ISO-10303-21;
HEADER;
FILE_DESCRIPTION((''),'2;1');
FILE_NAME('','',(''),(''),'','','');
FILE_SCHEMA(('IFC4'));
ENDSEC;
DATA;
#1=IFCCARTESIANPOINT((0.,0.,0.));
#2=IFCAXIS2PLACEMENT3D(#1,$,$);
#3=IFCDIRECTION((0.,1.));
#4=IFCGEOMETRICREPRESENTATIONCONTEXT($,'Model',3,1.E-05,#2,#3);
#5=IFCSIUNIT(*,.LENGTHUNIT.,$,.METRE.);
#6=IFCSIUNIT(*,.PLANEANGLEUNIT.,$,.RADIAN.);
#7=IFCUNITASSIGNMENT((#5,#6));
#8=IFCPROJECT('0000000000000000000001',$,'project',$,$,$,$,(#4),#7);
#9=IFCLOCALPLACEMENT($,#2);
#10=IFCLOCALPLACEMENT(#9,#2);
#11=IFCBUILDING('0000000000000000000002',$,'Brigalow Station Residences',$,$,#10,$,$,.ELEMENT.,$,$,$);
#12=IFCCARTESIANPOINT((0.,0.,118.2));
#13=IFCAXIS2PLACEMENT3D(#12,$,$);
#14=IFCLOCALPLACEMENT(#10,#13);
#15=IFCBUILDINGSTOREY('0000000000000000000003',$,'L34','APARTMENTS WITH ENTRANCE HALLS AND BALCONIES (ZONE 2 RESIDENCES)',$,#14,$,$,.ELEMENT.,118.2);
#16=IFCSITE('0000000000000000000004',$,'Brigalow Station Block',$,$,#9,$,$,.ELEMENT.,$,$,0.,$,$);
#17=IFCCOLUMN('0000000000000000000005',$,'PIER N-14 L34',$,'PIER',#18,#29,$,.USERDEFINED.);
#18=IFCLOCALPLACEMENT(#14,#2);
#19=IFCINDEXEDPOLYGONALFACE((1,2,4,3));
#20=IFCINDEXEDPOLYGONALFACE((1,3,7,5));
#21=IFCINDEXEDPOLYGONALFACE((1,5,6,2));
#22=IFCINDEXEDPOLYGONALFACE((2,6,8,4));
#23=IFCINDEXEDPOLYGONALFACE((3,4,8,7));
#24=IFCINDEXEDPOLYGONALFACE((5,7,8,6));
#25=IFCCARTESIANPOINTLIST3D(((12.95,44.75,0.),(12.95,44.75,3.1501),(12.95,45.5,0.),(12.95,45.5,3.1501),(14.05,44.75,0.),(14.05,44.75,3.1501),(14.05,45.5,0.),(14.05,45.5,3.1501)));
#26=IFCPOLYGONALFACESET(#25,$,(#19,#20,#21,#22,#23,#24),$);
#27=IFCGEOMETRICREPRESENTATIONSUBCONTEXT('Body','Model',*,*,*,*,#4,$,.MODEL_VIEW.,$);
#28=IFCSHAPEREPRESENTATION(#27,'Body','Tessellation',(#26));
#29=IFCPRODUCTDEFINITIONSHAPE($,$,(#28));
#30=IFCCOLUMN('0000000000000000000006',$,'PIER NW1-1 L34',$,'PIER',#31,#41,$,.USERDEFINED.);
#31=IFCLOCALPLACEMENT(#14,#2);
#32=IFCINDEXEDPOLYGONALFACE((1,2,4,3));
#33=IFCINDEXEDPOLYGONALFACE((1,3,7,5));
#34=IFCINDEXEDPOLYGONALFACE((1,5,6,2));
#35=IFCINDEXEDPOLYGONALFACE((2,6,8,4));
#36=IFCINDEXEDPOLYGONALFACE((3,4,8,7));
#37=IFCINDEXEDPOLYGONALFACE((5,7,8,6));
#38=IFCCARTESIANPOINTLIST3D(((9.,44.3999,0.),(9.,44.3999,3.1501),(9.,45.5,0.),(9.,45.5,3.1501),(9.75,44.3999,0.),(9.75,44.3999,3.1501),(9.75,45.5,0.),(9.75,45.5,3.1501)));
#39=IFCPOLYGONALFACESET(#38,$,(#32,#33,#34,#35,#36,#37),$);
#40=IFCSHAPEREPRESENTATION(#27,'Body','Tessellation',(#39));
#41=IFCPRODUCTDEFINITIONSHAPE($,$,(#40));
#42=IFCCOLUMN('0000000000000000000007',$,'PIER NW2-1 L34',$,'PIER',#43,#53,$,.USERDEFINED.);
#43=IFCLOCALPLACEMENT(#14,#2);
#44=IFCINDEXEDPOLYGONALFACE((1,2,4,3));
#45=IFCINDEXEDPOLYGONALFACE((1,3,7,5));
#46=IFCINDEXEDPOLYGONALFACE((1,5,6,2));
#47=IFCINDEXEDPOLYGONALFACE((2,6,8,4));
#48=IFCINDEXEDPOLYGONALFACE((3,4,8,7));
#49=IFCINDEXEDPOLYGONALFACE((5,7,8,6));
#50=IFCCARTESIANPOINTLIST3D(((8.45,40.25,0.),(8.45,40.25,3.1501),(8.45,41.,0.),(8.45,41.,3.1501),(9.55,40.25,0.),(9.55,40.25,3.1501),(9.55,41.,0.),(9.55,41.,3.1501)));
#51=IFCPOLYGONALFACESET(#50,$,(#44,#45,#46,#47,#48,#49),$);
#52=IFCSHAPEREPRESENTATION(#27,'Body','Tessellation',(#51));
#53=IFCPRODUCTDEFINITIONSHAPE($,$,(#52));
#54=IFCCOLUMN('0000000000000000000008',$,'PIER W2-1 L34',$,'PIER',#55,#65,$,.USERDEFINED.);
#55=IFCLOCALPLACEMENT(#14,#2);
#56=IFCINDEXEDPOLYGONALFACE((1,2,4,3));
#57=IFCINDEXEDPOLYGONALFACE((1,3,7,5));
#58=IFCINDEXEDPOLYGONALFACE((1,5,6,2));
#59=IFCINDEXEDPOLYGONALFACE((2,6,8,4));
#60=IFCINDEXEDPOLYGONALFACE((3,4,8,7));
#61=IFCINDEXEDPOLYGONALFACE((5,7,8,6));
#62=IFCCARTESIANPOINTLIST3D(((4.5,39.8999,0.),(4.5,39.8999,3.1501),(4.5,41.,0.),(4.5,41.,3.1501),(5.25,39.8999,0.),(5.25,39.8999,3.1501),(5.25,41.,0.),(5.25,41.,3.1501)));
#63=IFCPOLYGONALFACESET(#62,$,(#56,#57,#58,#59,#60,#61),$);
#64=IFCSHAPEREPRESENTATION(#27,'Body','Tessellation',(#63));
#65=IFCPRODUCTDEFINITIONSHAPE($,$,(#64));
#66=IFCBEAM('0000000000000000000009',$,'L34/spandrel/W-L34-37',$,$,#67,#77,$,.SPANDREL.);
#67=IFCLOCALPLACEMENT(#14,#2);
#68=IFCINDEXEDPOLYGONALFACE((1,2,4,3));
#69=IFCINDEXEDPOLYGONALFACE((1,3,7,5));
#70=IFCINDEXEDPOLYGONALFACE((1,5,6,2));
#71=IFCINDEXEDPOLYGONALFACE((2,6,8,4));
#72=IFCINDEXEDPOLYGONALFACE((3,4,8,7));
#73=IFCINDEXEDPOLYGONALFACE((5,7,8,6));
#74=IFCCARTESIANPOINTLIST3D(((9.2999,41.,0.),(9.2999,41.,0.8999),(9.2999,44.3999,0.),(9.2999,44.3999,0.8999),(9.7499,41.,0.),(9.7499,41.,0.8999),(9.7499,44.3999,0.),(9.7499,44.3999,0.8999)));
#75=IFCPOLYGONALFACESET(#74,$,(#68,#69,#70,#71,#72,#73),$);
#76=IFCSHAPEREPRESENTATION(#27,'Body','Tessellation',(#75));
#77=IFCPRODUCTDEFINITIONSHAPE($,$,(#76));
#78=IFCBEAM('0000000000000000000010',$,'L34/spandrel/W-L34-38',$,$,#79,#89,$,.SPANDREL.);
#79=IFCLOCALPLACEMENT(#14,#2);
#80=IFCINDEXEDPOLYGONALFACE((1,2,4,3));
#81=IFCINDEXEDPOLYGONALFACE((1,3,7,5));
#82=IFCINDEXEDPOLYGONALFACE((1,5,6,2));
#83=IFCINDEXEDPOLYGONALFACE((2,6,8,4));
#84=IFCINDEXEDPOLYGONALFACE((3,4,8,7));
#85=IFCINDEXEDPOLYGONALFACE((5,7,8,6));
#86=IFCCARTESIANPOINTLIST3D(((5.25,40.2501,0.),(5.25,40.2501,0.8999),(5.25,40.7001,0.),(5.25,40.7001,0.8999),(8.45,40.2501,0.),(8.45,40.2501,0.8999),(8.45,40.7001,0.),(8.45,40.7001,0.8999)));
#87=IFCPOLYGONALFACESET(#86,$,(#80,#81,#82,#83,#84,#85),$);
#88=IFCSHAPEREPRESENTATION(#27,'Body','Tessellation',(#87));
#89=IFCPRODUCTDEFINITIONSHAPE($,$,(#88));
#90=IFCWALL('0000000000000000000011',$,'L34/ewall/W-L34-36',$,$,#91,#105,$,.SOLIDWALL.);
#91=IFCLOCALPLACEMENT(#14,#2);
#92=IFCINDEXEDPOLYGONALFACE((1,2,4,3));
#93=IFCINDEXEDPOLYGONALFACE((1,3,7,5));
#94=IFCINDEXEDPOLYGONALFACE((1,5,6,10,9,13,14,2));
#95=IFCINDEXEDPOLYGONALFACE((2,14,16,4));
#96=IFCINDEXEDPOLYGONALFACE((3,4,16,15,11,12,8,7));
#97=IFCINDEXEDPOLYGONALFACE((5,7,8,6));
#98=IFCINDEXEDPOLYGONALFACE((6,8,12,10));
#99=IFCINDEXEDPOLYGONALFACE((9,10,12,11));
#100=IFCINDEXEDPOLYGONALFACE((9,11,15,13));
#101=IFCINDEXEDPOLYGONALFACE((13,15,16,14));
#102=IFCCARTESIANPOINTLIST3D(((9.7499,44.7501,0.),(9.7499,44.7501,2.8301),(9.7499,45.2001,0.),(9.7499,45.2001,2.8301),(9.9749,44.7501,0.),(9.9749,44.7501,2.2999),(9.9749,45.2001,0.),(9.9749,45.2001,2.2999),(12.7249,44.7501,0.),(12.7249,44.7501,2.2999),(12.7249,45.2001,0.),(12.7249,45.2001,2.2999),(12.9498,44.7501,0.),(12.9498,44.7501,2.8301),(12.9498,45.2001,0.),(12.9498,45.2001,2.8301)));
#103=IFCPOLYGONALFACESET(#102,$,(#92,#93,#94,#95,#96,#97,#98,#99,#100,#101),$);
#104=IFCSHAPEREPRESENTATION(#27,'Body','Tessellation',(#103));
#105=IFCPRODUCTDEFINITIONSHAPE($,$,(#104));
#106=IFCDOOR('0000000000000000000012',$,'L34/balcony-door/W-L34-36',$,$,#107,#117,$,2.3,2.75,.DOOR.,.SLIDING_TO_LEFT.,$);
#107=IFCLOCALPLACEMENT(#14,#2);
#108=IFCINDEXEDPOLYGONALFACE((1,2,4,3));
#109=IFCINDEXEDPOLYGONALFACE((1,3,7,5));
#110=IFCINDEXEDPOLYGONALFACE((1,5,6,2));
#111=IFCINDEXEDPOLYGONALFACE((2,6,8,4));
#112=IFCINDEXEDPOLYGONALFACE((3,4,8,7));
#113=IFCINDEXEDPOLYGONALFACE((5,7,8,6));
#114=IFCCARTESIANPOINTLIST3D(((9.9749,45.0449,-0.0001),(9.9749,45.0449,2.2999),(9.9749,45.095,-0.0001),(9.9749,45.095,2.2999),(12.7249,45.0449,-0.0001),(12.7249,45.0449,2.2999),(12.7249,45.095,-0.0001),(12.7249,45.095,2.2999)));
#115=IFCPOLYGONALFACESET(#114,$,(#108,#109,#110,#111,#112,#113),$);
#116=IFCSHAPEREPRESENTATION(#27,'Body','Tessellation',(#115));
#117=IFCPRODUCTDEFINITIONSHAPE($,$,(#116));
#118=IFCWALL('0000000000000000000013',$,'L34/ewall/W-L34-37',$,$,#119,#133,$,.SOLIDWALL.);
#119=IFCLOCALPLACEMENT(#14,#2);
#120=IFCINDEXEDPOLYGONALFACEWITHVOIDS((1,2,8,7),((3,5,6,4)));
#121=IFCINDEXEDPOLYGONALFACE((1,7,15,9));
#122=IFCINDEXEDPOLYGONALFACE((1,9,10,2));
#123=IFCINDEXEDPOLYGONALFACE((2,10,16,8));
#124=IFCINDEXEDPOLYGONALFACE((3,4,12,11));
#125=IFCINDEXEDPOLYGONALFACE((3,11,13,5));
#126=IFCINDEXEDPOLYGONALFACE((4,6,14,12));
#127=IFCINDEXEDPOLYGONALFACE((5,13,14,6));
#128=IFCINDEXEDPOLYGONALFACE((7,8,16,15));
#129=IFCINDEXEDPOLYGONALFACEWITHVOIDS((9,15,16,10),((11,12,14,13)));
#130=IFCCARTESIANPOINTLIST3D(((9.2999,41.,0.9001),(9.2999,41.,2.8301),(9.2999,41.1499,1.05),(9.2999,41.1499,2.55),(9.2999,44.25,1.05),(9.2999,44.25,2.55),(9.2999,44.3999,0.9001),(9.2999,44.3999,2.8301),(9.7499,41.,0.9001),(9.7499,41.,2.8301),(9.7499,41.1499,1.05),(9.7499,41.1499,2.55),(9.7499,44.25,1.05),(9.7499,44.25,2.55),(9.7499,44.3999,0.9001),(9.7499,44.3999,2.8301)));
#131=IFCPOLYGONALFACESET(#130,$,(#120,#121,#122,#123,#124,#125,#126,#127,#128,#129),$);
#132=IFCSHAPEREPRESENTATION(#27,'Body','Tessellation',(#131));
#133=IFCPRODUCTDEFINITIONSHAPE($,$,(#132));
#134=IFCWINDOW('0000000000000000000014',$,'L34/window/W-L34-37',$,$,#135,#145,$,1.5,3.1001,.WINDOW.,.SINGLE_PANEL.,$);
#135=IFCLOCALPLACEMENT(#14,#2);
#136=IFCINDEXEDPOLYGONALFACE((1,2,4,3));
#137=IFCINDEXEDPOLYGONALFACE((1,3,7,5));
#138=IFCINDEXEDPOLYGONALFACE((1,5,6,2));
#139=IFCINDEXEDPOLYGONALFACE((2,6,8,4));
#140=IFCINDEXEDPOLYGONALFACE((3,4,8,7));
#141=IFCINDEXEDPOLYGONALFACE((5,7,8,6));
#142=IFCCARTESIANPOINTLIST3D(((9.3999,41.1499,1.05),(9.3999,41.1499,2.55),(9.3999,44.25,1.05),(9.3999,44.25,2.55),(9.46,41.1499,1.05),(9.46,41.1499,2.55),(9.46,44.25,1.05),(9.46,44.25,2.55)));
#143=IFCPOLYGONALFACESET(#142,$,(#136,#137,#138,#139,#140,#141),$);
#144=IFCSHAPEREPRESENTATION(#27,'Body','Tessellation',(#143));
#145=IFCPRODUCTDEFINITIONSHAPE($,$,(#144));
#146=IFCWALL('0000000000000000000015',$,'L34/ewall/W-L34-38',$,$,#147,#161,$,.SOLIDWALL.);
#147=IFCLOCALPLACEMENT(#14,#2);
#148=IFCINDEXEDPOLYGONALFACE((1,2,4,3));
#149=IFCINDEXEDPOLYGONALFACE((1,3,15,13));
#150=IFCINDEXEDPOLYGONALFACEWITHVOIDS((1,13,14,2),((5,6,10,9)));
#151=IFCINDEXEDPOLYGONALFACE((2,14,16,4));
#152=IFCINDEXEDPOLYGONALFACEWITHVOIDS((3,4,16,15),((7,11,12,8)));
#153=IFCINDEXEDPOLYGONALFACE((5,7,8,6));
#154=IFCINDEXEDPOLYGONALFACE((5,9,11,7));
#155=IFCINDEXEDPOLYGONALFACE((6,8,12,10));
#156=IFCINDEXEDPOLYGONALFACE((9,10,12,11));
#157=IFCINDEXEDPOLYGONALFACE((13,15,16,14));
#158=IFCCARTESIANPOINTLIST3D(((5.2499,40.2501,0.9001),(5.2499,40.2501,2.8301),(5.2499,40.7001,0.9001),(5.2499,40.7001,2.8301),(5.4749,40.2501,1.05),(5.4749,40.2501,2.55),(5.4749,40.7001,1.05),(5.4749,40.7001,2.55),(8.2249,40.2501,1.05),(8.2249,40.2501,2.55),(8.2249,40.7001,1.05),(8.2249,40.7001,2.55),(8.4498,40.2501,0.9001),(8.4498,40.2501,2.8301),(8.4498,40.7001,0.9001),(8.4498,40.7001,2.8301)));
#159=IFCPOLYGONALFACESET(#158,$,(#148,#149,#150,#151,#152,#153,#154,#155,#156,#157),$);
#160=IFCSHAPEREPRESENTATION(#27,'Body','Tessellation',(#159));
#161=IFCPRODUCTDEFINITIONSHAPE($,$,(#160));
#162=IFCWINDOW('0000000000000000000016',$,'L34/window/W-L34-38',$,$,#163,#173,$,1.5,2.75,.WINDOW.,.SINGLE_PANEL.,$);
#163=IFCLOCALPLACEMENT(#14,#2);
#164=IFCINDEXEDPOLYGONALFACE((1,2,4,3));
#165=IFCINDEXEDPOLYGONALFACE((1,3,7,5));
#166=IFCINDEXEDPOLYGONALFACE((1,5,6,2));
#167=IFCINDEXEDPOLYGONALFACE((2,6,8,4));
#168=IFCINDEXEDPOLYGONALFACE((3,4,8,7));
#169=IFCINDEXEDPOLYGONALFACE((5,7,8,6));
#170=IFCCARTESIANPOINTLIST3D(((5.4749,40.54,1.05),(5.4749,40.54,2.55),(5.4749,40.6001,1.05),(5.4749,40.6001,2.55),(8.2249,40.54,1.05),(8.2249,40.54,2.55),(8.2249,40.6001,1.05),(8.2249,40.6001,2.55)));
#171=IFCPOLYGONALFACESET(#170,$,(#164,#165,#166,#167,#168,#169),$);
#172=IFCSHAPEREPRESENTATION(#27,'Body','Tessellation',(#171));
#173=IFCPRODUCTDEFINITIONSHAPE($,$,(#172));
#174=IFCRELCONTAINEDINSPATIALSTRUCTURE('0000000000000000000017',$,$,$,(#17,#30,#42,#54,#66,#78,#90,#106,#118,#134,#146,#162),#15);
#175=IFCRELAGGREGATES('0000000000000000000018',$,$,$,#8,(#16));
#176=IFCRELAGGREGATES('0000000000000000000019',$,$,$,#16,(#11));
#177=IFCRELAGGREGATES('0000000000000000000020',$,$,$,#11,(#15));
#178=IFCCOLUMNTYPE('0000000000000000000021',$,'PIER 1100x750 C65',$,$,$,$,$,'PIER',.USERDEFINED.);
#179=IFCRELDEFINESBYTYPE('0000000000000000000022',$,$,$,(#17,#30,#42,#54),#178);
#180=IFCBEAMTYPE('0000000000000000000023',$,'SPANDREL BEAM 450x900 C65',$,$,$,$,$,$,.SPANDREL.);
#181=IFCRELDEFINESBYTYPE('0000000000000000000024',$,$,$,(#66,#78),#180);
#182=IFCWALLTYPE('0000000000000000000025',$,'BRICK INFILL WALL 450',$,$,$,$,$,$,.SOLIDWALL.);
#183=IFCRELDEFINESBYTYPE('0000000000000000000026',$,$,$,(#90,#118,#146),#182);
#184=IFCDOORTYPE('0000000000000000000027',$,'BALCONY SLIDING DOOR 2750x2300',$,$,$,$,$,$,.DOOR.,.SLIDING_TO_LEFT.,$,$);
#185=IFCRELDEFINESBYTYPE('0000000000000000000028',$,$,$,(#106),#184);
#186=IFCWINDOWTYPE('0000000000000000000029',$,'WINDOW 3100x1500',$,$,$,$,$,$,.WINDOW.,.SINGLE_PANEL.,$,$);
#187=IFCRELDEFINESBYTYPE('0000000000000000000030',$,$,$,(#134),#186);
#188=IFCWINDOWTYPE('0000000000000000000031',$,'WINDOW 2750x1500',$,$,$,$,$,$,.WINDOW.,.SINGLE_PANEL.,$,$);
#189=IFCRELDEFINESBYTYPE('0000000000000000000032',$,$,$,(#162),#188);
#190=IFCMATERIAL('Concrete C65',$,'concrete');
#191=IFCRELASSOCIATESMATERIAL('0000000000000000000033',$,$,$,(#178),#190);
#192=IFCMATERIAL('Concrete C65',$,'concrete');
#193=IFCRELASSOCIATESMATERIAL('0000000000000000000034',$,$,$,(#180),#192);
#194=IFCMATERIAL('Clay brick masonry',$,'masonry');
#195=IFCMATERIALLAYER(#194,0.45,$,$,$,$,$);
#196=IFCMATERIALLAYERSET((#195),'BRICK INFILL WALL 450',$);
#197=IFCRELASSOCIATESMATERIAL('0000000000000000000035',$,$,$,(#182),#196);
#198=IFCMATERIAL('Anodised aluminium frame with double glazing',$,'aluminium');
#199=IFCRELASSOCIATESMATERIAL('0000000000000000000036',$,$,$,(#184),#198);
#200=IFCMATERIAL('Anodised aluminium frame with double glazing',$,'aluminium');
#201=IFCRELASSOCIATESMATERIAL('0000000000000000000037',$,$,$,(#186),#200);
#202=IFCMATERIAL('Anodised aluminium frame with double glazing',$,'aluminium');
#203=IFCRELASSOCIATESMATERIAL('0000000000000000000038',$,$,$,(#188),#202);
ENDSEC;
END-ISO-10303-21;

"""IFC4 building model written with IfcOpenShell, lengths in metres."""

from ifc_helpers import new_model, si_unit, direction, frame, frame_2d, origin, origin_2d, place, context, subcontext, project, spatial, rectangle, extrude, material, layer, layer_set, material_profile, profile_set, type_object, element, fill, save


model = new_model("IFC4")

# Units and contexts
model_context = context("Model", 3, precision=1e-05, world=origin(), true_north=direction((0.0, 1.0)))
body_context = subcontext(model_context, "Body", "Model", "MODEL_VIEW")
ifc_project = project(units=[si_unit("LENGTHUNIT", "METRE"), si_unit("PLANEANGLEUNIT", "RADIAN")], contexts=[model_context])

# Site, building, storey
site_placement = place(None, origin())
site = spatial("IfcSite", under=ifc_project, at=site_placement, Name="Brigalow Station Block", CompositionType="ELEMENT", RefElevation=0.0)
building_placement = place(site_placement, origin())
building = spatial("IfcBuilding", under=site, at=building_placement, Name="Brigalow Station Residences", CompositionType="ELEMENT")
storey_placement = place(building_placement, frame((0.0, 0.0, 118.2)))
storey = spatial("IfcBuildingStorey", under=building, at=storey_placement, Name="L34", Description="APARTMENTS WITH ENTRANCE HALLS AND BALCONIES (ZONE 2 RESIDENCES)", CompositionType="ELEMENT", Elevation=118.2)

# Columns
ifc_material_1 = material(Name="Concrete C65", Category="concrete")
ifc_material_profile_1 = material_profile(ifc_material_1, rectangle(XDim=1.1001, YDim=0.75, at=origin_2d()), Name="RC1100x750")
ifc_profile_set_1 = profile_set([ifc_material_profile_1], Name="Concrete C65")
column_type = type_object("IfcColumnType", Name="PIER 1100x750 C65", ElementType="PIER", PredefinedType="USERDEFINED", material=ifc_profile_set_1)
for number, where, z_axis, x_axis, name in (
    (1, (13.5, 45.125, 0.0), (0.0, 0.0, 1.0), (-1.0, 0.0, 0.0), "PIER N-14 L34"),
    (2, (9.375, 44.95, 0.0), (0.0, 0.0, 1.0), (0.0, -1.0, 0.0), "PIER NW1-1 L34"),
    (3, (9.0, 40.625, 0.0), (0.0, 0.0, 1.0), (-1.0, 0.0, 0.0), "PIER NW2-1 L34"),
    (4, (4.875, 40.45, 0.0), (0.0, 0.0, 1.0), (0.0, -1.0, 0.0), "PIER W2-1 L34"),
):
    element("IfcColumn", number, at=place(storey_placement, frame(where, z_axis=z_axis, x_axis=x_axis)), inside=storey, type_object=column_type, Name=name, ObjectType="PIER", PredefinedType="USERDEFINED", context=body_context, shape_type="SweptSolid", body=[
        extrude(rectangle(XDim=1.1001, YDim=0.75, at=origin_2d()), origin(), (0.0, 0.0, 1.0), 3.1501),
    ])

# Beams
ifc_material_2 = material(Name="Concrete C65", Category="concrete")
ifc_material_profile_2 = material_profile(ifc_material_2, rectangle(XDim=0.45, YDim=0.8999, at=origin_2d()), Name="RC450x900")
ifc_profile_set_2 = profile_set([ifc_material_profile_2], Name="Concrete C65")
beam_type = type_object("IfcBeamType", Name="SPANDREL BEAM 450x900 C65", PredefinedType="SPANDREL", material=ifc_profile_set_2)
beam_1_placement = place(storey_placement, frame((9.5249, 44.3999, 0.45), z_axis=(0.0, -1.0, 0.0), x_axis=(1.0, 0.0, 0.0)))
element("IfcBeam", 5, at=beam_1_placement, inside=storey, type_object=beam_type, Name="L34/spandrel/W-L34-37", PredefinedType="SPANDREL", context=body_context, shape_type="SweptSolid", body=[
    extrude(rectangle(XDim=0.45, YDim=0.8999, at=origin_2d()), origin(), (0.0, 0.0, 1.0), 3.3999),
])
beam_2_placement = place(storey_placement, frame((8.45, 40.4751, 0.45), z_axis=(-1.0, 0.0, 0.0), x_axis=(0.0, -1.0, 0.0)))
element("IfcBeam", 6, at=beam_2_placement, inside=storey, type_object=beam_type, Name="L34/spandrel/W-L34-38", PredefinedType="SPANDREL", context=body_context, shape_type="SweptSolid", body=[
    extrude(rectangle(XDim=0.45, YDim=0.8999, at=origin_2d()), origin(), (0.0, 0.0, 1.0), 3.2),
])

# Wall, opening, door
ifc_material_3 = material(Name="Clay brick masonry", Category="masonry")
ifc_layer_1 = layer(ifc_material_3, 0.45)
ifc_layer_set_1 = layer_set([ifc_layer_1], Name="BRICK INFILL WALL 450")
wall_type_1 = type_object("IfcWallType", Name="BRICK INFILL WALL 450", PredefinedType="SOLIDWALL", material=ifc_layer_set_1)
wall_1_placement = place(storey_placement, frame((12.95, 44.9751, 0.0), z_axis=(0.0, 0.0, 1.0), x_axis=(-1.0, 0.0, 0.0)))
wall_1 = element("IfcWall", 7, at=wall_1_placement, inside=storey, type_object=wall_type_1, Name="L34/ewall/W-L34-36", PredefinedType="SOLIDWALL", context=body_context, shape_type="SweptSolid", body=[
    extrude(rectangle(XDim=3.2, YDim=0.45, at=frame_2d((1.6001, 0.0))), origin(), (0.0, 0.0, 1.0), 2.8301),
])
opening_1_placement = place(wall_1_placement, frame((0.2251, 0.0, 0.0)))
opening_1 = element("IfcOpeningElement", 8, at=opening_1_placement, cuts=wall_1, PredefinedType="OPENING", context=body_context, shape_type="SweptSolid", body=[
    extrude(rectangle(XDim=2.75, YDim=2.3, at=frame_2d((1.375, 1.1499))), frame((0.0, 0.2349, 0.0), z_axis=(0.0, -1.0, 0.0), x_axis=(1.0, 0.0, 0.0)), (0.0, 0.0, 1.0), 0.47),
])
ifc_material_4 = material(Name="Anodised aluminium frame with double glazing", Category="aluminium")
door_type = type_object("IfcDoorType", Name="BALCONY SLIDING DOOR 2750x2300", OperationType="SLIDING_TO_LEFT", PredefinedType="DOOR", material=ifc_material_4)
door_placement = place(opening_1_placement, origin())
door = element("IfcDoor", 9, at=door_placement, inside=storey, type_object=door_type, Name="L34/balcony-door/W-L34-36", OperationType="SLIDING_TO_LEFT", OverallHeight=2.3, OverallWidth=2.75, PredefinedType="DOOR", context=body_context, shape_type="SweptSolid", body=[
    extrude(rectangle(XDim=2.75, YDim=2.3, at=frame_2d((1.375, 1.1499))), frame((0.0, -0.0698, 0.0), z_axis=(0.0, -1.0, 0.0), x_axis=(1.0, 0.0, 0.0)), (0.0, 0.0, 1.0), 0.05),
])
fill(opening_1, door)

# Walls, openings, windows
wall_2_placement = place(storey_placement, frame((9.5249, 44.3999, 0.9001), z_axis=(0.0, 0.0, 1.0), x_axis=(0.0, -1.0, 0.0)))
wall_2 = element("IfcWall", 10, at=wall_2_placement, inside=storey, type_object=wall_type_1, Name="L34/ewall/W-L34-37", PredefinedType="SOLIDWALL", context=body_context, shape_type="SweptSolid", body=[
    extrude(rectangle(XDim=3.3999, YDim=0.45, at=frame_2d((1.7, 0.0))), origin(), (0.0, 0.0, 1.0), 1.9299),
])
opening_2_placement = place(wall_2_placement, frame((0.1499, 0.0, 0.1499)))
opening_2 = element("IfcOpeningElement", 11, at=opening_2_placement, cuts=wall_2, PredefinedType="OPENING", context=body_context, shape_type="SweptSolid", body=[
    extrude(rectangle(XDim=3.1001, YDim=1.5, at=frame_2d((1.55, 0.75))), frame((0.0, 0.2349, 0.0), z_axis=(0.0, -1.0, 0.0), x_axis=(1.0, 0.0, 0.0)), (0.0, 0.0, 1.0), 0.47),
])
ifc_material_5 = material(Name="Anodised aluminium frame with double glazing", Category="aluminium")
window_type_1 = type_object("IfcWindowType", Name="WINDOW 3100x1500", PartitioningType="SINGLE_PANEL", PredefinedType="WINDOW", material=ifc_material_5)
window_1_placement = place(opening_2_placement, origin())
window_1 = element("IfcWindow", 12, at=window_1_placement, inside=storey, type_object=window_type_1, Name="L34/window/W-L34-37", OverallHeight=1.5, OverallWidth=3.1001, PartitioningType="SINGLE_PANEL", PredefinedType="WINDOW", context=body_context, shape_type="SweptSolid", body=[
    extrude(rectangle(XDim=3.1001, YDim=1.5, at=frame_2d((1.55, 0.75))), frame((0.0, -0.0649, 0.0), z_axis=(0.0, -1.0, 0.0), x_axis=(1.0, 0.0, 0.0)), (0.0, 0.0, 1.0), 0.0601),
])
fill(opening_2, window_1)
wall_3_placement = place(storey_placement, frame((8.45, 40.4751, 0.9001), z_axis=(0.0, 0.0, 1.0), x_axis=(-1.0, 0.0, 0.0)))
wall_3 = element("IfcWall", 13, at=wall_3_placement, inside=storey, type_object=wall_type_1, Name="L34/ewall/W-L34-38", PredefinedType="SOLIDWALL", context=body_context, shape_type="SweptSolid", body=[
    extrude(rectangle(XDim=3.2, YDim=0.45, at=frame_2d((1.6001, 0.0))), origin(), (0.0, 0.0, 1.0), 1.9299),
])
opening_3_placement = place(wall_3_placement, frame((0.2251, 0.0, 0.1499)))
opening_3 = element("IfcOpeningElement", 14, at=opening_3_placement, cuts=wall_3, PredefinedType="OPENING", context=body_context, shape_type="SweptSolid", body=[
    extrude(rectangle(XDim=2.75, YDim=1.5, at=frame_2d((1.375, 0.75))), frame((0.0, 0.2349, 0.0), z_axis=(0.0, -1.0, 0.0), x_axis=(1.0, 0.0, 0.0)), (0.0, 0.0, 1.0), 0.47),
])
ifc_material_6 = material(Name="Anodised aluminium frame with double glazing", Category="aluminium")
window_type_2 = type_object("IfcWindowType", Name="WINDOW 2750x1500", PartitioningType="SINGLE_PANEL", PredefinedType="WINDOW", material=ifc_material_6)
window_2_placement = place(opening_3_placement, origin())
window_2 = element("IfcWindow", 15, at=window_2_placement, inside=storey, type_object=window_type_2, Name="L34/window/W-L34-38", OverallHeight=1.5, OverallWidth=2.75, PartitioningType="SINGLE_PANEL", PredefinedType="WINDOW", context=body_context, shape_type="SweptSolid", body=[
    extrude(rectangle(XDim=2.75, YDim=1.5, at=frame_2d((1.375, 0.75))), frame((0.0, -0.0649, 0.0), z_axis=(0.0, -1.0, 0.0), x_axis=(1.0, 0.0, 0.0)), (0.0, 0.0, 1.0), 0.0601),
])
fill(opening_3, window_2)

save(model, "model.ifc")
